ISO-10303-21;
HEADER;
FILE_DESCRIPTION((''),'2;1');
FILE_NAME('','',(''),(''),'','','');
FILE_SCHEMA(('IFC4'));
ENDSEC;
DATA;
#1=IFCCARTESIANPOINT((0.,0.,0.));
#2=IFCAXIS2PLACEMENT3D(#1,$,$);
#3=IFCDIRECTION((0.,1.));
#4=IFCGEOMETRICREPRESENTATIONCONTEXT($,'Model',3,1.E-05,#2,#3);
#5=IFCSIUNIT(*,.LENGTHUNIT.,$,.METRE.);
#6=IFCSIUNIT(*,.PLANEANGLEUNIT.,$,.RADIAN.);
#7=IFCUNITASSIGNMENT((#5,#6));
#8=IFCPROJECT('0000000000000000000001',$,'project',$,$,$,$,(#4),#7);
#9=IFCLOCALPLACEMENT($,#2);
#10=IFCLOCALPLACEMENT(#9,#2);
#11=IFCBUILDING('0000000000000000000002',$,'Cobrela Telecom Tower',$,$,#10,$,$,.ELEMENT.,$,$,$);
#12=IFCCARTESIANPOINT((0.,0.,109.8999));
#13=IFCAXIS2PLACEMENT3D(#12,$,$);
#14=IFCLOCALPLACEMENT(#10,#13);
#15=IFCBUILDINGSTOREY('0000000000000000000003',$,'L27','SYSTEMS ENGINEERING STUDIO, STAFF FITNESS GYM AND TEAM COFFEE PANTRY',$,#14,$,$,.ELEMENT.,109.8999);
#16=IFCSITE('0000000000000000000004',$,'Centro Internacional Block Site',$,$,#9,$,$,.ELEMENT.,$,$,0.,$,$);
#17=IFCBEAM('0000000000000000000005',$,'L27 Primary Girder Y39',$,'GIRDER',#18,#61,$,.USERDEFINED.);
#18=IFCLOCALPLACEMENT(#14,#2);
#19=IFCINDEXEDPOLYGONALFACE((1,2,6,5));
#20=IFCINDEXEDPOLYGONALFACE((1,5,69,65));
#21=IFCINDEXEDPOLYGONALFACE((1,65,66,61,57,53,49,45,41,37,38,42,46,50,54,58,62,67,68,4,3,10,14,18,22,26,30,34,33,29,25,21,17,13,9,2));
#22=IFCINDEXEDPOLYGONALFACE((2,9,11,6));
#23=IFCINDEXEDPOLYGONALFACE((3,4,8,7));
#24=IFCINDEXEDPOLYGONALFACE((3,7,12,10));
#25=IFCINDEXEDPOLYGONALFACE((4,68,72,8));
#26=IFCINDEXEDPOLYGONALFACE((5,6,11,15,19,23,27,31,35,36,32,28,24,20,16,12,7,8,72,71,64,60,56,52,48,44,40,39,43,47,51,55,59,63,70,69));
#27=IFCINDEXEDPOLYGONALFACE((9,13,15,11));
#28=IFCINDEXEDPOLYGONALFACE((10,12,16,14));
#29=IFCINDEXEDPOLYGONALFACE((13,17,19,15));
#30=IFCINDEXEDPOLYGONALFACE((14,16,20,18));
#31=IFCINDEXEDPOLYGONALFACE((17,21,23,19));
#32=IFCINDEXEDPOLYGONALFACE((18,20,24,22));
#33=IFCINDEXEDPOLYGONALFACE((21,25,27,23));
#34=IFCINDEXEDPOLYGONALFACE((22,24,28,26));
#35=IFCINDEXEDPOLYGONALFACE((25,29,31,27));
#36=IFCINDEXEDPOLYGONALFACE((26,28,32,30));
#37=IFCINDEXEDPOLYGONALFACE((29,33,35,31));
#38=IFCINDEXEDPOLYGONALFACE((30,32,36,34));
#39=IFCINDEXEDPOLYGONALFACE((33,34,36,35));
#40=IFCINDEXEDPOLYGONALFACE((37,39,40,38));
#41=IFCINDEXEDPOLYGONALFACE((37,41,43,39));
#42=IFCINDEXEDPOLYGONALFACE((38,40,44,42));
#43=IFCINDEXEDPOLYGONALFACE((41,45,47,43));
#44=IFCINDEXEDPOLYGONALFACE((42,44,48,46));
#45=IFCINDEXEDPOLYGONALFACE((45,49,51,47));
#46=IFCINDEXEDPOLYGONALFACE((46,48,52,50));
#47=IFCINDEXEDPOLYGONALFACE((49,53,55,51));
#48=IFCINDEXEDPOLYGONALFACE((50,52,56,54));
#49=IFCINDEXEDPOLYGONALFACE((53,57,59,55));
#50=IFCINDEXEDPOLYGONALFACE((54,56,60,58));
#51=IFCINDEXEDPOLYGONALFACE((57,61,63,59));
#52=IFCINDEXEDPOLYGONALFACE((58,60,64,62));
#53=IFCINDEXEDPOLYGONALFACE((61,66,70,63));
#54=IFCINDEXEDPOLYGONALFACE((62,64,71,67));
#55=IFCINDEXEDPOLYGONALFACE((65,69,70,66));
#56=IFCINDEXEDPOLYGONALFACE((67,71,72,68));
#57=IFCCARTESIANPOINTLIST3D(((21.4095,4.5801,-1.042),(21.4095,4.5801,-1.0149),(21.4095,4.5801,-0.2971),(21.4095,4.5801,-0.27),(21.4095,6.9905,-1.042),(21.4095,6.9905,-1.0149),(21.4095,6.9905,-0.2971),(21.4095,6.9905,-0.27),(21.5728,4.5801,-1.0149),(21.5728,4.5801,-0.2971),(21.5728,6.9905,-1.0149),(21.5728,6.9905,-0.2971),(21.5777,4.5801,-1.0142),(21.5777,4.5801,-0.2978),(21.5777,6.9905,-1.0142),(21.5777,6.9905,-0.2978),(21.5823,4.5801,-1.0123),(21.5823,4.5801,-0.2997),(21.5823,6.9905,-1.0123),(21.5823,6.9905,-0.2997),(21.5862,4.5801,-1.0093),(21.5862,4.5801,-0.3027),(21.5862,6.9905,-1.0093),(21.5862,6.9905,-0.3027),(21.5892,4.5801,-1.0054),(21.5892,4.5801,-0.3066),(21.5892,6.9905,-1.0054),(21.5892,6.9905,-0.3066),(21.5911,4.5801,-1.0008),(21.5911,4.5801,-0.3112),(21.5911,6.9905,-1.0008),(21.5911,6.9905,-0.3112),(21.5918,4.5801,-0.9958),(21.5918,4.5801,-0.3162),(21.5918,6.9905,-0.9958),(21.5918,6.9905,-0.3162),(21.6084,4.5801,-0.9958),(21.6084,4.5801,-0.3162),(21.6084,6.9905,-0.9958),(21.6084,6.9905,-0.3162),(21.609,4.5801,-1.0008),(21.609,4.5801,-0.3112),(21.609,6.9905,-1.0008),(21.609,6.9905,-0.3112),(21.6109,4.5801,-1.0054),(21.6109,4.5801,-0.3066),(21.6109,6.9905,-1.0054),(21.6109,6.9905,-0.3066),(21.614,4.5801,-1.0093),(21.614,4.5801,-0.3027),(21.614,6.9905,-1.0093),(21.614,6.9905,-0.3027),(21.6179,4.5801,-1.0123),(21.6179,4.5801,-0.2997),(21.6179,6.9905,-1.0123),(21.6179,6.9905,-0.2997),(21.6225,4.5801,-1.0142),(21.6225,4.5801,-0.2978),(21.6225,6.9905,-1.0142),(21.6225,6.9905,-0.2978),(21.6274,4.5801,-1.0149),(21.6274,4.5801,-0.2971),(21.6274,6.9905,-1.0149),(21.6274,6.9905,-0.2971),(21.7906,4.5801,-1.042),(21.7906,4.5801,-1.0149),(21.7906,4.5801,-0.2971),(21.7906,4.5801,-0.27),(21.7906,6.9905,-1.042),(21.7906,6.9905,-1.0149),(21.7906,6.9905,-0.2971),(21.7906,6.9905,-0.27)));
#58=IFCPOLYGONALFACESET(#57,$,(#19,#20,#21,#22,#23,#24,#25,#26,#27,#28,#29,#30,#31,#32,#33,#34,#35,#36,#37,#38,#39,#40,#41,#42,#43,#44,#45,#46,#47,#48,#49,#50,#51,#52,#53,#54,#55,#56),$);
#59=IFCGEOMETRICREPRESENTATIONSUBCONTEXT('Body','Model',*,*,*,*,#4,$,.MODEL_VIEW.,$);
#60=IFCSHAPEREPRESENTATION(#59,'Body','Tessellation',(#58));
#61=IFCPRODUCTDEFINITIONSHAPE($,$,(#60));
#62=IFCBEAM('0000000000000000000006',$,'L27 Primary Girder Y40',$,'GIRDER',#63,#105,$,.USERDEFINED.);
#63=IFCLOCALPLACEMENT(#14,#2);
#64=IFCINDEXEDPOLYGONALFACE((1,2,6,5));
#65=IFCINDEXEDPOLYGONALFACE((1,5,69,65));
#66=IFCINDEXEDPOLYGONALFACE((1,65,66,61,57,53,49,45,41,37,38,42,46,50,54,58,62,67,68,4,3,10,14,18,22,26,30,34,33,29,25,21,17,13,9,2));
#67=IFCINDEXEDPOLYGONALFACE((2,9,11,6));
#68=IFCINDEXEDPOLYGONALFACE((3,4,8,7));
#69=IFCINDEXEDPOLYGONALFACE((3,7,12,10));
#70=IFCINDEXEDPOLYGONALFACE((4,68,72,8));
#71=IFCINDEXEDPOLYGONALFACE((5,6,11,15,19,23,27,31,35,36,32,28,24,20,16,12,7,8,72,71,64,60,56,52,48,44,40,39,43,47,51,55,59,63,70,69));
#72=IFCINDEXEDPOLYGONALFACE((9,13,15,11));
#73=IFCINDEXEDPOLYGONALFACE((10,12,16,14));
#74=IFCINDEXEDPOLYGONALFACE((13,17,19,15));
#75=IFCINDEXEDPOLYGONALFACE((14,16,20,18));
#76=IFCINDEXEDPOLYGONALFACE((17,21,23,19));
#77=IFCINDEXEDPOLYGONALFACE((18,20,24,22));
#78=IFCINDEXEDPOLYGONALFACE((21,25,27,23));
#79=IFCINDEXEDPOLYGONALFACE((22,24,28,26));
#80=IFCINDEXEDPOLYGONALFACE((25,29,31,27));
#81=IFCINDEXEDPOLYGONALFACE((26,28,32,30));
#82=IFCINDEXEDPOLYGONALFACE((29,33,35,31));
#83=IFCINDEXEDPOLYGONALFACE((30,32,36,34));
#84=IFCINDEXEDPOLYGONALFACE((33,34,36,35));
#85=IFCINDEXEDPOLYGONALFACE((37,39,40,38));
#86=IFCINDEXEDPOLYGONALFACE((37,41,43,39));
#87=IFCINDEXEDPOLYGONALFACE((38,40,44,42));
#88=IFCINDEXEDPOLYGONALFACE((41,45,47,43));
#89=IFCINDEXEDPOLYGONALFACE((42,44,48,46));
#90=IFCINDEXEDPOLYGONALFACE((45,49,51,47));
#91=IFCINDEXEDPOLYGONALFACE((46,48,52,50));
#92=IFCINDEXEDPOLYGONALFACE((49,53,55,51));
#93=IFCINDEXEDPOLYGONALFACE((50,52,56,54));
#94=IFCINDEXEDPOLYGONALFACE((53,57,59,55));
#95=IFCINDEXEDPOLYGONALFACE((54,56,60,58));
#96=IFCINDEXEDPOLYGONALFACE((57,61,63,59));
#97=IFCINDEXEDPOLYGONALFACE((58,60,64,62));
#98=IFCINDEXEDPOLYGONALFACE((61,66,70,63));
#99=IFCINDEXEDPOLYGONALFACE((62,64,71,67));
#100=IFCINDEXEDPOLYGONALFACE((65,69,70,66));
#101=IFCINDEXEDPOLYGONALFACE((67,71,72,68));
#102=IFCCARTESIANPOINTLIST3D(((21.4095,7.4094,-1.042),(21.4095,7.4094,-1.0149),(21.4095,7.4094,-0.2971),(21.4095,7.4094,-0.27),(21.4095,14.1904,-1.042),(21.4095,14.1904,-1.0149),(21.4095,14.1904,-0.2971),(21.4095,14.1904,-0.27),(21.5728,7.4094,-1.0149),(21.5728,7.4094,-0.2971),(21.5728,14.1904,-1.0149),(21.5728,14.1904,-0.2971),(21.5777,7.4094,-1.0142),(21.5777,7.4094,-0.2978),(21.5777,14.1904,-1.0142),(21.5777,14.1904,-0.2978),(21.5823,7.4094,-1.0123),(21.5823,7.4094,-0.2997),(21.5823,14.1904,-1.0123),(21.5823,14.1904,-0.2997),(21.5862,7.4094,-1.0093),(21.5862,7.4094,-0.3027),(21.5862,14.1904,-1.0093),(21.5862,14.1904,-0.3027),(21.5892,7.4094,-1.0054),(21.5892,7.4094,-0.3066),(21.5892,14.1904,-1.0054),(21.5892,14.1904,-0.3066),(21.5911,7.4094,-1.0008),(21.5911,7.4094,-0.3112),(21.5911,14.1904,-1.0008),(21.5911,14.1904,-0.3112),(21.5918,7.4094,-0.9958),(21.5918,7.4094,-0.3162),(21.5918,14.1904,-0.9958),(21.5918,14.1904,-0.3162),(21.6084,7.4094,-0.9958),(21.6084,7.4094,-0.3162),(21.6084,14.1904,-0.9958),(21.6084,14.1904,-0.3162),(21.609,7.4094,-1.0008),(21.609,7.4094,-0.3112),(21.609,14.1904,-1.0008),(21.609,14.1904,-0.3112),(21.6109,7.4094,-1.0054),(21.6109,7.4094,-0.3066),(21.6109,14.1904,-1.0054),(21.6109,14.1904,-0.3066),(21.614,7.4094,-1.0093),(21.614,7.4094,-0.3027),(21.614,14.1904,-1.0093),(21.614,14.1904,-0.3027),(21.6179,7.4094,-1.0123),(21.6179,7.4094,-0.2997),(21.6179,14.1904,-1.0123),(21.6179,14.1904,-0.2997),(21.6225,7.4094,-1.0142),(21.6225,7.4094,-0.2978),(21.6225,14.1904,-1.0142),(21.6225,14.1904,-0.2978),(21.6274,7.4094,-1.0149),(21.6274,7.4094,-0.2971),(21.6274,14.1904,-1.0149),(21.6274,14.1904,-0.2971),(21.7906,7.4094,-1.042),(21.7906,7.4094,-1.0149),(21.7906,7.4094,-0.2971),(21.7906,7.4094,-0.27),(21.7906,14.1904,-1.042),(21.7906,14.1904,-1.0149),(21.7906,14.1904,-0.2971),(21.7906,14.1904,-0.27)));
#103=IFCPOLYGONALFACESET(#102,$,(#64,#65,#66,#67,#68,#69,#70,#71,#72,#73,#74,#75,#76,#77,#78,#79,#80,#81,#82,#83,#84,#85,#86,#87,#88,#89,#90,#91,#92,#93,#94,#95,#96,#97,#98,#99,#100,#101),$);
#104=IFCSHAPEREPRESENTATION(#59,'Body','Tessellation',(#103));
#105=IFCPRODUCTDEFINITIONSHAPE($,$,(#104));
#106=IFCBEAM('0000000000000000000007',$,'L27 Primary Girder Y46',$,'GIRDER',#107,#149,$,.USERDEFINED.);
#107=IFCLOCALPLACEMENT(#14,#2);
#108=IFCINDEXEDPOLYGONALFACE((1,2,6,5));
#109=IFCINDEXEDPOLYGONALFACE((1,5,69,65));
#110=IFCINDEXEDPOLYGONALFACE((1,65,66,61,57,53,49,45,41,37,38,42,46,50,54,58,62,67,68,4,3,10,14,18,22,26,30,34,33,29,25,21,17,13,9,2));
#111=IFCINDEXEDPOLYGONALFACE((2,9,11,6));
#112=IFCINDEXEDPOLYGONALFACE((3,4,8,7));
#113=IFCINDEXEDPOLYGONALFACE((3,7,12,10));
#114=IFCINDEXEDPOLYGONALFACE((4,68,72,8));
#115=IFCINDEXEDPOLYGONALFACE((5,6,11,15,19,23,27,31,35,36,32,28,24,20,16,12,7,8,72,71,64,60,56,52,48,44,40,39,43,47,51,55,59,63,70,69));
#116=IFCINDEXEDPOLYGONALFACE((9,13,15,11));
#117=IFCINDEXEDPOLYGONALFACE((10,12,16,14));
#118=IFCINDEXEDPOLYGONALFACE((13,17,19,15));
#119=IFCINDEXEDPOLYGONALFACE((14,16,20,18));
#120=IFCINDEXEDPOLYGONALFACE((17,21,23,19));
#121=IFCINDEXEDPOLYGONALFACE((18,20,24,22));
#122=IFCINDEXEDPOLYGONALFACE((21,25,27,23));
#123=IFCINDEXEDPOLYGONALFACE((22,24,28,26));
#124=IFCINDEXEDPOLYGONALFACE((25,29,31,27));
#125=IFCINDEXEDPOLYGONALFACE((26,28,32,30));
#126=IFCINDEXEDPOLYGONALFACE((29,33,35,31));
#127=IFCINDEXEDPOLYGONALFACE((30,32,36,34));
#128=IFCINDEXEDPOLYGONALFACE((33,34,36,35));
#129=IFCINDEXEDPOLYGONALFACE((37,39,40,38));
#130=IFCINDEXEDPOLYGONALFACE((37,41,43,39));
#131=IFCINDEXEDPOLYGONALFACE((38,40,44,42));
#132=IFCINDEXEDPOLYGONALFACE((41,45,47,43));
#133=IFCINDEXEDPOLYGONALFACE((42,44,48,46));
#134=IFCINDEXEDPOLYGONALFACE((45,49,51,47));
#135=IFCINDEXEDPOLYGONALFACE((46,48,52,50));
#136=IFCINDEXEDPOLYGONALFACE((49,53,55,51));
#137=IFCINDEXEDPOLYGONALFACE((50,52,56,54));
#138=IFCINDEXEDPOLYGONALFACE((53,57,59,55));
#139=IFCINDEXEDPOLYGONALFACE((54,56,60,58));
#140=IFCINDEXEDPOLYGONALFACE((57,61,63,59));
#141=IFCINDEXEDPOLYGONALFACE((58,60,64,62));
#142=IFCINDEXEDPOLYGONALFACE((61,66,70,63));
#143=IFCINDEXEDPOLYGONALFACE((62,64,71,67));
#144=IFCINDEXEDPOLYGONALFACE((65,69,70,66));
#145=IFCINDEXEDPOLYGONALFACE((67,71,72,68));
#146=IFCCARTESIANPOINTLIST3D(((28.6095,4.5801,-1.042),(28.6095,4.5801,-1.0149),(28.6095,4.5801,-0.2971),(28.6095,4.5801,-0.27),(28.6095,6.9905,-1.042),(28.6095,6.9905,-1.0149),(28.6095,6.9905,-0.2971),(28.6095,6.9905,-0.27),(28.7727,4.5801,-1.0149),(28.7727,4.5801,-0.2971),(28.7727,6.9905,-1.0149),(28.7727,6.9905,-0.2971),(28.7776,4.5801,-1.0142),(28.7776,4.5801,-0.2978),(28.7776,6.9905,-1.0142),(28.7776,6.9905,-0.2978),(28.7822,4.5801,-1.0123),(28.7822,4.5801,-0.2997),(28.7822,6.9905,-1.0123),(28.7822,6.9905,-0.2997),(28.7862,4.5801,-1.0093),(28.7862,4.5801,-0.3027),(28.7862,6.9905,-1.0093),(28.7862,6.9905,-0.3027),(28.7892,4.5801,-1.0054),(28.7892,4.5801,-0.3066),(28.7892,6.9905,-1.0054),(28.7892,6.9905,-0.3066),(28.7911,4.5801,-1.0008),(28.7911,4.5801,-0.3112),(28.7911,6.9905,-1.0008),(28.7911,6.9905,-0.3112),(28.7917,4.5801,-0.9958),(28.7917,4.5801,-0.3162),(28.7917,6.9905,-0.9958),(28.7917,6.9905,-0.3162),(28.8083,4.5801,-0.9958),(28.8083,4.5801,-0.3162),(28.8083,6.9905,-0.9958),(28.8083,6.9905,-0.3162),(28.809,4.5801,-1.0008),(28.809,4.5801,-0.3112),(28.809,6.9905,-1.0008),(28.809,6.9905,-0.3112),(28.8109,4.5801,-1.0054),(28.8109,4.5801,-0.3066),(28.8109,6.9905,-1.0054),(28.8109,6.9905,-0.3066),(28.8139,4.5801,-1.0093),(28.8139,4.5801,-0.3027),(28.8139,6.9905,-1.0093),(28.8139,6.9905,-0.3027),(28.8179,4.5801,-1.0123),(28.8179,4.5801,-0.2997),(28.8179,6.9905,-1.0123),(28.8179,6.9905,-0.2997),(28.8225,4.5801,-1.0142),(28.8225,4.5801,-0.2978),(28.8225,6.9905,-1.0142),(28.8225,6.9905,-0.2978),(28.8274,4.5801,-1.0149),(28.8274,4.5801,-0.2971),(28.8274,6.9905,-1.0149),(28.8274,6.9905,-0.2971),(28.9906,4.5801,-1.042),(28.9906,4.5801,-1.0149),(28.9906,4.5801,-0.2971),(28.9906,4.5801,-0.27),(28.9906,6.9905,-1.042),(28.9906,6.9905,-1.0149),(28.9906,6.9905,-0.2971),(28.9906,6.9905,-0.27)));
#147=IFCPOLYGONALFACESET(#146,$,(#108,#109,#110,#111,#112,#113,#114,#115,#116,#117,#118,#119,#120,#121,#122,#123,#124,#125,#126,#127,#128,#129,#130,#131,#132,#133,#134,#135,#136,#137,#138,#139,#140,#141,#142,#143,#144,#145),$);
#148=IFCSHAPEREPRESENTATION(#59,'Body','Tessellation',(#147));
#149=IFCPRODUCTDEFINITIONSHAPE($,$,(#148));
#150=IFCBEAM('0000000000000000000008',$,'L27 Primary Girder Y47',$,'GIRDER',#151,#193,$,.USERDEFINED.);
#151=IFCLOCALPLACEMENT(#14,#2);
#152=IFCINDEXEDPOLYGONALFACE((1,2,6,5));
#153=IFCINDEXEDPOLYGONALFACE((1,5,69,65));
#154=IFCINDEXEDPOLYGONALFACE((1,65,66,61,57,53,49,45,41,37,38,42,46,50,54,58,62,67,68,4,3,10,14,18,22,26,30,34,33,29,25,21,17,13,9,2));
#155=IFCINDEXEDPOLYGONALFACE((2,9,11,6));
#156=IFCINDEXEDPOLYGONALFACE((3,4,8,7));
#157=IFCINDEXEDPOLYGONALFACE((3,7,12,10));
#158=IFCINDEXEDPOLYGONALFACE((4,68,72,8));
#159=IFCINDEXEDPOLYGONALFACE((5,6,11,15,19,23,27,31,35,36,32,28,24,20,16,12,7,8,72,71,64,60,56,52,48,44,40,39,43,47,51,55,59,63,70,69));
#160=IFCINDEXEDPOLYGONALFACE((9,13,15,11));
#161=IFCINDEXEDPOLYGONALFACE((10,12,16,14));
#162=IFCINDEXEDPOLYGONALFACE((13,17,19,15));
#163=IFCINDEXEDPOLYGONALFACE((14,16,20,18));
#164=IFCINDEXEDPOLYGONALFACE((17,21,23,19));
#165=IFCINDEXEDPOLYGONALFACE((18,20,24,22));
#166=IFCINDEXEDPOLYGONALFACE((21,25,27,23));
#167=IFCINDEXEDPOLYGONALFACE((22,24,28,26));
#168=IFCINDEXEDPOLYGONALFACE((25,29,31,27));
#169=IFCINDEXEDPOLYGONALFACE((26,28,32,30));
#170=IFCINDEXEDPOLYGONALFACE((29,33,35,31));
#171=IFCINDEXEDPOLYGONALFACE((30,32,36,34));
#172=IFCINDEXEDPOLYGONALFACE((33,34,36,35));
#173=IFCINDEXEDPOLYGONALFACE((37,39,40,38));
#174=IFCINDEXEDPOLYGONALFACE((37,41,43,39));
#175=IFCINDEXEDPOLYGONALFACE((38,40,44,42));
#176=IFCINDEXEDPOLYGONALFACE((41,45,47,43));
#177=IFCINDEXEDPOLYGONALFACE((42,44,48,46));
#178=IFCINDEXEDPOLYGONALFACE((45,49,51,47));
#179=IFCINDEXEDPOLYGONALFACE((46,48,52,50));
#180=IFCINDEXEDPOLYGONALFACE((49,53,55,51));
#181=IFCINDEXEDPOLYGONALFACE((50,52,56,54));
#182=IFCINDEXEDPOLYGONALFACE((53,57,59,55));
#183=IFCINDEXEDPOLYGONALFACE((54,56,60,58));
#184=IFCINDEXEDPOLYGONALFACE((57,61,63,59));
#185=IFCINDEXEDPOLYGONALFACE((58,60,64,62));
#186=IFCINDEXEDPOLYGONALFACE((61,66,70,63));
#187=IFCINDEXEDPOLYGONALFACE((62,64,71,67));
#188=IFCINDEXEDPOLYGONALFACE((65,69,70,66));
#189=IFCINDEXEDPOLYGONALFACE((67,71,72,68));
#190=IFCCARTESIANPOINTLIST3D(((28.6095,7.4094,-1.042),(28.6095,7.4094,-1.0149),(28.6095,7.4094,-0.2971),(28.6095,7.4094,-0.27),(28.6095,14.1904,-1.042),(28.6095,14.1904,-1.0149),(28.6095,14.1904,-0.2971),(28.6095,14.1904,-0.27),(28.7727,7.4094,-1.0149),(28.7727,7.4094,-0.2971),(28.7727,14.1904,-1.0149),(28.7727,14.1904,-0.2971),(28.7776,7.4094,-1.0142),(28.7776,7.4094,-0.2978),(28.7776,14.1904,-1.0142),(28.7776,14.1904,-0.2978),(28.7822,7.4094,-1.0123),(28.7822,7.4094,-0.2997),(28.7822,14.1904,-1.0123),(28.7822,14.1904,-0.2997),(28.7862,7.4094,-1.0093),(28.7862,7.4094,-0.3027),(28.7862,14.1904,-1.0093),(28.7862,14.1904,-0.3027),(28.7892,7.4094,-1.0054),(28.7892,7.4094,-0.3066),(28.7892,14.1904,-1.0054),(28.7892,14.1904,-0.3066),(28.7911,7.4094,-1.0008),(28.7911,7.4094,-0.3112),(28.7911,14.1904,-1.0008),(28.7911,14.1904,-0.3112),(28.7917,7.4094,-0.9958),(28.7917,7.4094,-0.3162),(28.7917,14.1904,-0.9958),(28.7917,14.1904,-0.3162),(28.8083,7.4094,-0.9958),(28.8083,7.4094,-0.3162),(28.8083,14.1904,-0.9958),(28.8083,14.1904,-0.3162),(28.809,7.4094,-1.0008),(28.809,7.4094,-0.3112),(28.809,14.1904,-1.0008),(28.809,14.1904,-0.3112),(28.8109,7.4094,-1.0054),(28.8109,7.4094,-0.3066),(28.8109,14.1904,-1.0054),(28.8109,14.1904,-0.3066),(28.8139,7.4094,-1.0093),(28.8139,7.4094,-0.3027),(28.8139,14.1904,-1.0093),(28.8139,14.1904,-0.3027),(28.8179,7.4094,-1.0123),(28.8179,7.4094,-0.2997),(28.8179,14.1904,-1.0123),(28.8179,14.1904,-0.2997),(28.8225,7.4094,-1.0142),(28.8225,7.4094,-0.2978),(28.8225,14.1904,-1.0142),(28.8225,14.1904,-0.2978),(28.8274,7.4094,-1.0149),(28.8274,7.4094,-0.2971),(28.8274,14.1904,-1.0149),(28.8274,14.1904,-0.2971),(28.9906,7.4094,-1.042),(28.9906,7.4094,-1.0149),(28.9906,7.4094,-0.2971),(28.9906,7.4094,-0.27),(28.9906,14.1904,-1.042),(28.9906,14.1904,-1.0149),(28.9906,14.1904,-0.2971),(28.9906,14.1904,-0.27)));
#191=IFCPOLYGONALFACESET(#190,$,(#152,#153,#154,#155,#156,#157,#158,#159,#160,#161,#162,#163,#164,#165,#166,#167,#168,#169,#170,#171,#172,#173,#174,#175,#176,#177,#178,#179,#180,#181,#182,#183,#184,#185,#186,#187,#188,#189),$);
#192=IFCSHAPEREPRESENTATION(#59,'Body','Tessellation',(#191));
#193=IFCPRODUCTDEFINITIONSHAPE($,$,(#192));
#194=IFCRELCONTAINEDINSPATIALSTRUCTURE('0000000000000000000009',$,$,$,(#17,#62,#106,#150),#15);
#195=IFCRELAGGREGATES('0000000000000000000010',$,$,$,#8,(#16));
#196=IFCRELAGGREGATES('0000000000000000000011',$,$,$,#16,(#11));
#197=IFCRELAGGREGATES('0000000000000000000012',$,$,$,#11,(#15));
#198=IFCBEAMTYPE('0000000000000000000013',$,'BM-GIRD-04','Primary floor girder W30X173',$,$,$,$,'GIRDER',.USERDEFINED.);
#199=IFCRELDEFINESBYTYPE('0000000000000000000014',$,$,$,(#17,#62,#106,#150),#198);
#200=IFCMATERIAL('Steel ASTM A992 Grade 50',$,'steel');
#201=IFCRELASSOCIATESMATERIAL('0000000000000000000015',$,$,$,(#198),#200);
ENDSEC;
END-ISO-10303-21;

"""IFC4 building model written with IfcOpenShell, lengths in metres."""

from ifc_helpers import new_model, si_unit, direction, frame, origin, origin_2d, place, context, subcontext, project, spatial, i_section, extrude, material, material_profile, profile_set, type_object, element, save


model = new_model("IFC4")

# Units and contexts
model_context = context("Model", 3, precision=1e-05, world=origin(), true_north=direction((0.0, 1.0)))
body_context = subcontext(model_context, "Body", "Model", "MODEL_VIEW")
ifc_project = project(units=[si_unit("LENGTHUNIT", "METRE"), si_unit("PLANEANGLEUNIT", "RADIAN")], contexts=[model_context])

# Site, building, storey
site_placement = place(None, origin())
site = spatial("IfcSite", under=ifc_project, at=site_placement, Name="Centro Internacional Block Site", CompositionType="ELEMENT", RefElevation=0.0)
building_placement = place(site_placement, origin())
building = spatial("IfcBuilding", under=site, at=building_placement, Name="Cobrela Telecom Tower", CompositionType="ELEMENT")
storey_placement = place(building_placement, frame((0.0, 0.0, 109.8999)))
storey = spatial("IfcBuildingStorey", under=building, at=storey_placement, Name="L27", Description="SYSTEMS ENGINEERING STUDIO, STAFF FITNESS GYM AND TEAM COFFEE PANTRY", CompositionType="ELEMENT", Elevation=109.8999)

# Shared definitions
ifc_material_1 = material(Name="Steel ASTM A992 Grade 50", Category="steel")

# Beams
ifc_material_profile_1 = material_profile(ifc_material_1, i_section(OverallWidth=0.3811, OverallDepth=0.772, WebThickness=0.0166, FlangeThickness=0.0271, FilletRadius=0.019, at=origin_2d()), Name="W30X173")
ifc_profile_set_1 = profile_set([ifc_material_profile_1], Name="Steel ASTM A992 Grade 50")
beam_type_1 = type_object("IfcBeamType", Name="BM-GIRD-04", Description="Primary floor girder W30X173", ElementType="GIRDER", PredefinedType="USERDEFINED", material=ifc_profile_set_1)
beam_1_placement = place(storey_placement, frame((21.6001, 4.5801, -0.656), z_axis=(0.0, 1.0, 0.0), x_axis=(-1.0, 0.0, 0.0)))
element("IfcBeam", 1, at=beam_1_placement, inside=storey, type_object=beam_type_1, Name="L27 Primary Girder Y39", ObjectType="GIRDER", PredefinedType="USERDEFINED", context=body_context, shape_type="SweptSolid", body=[
    extrude(i_section(OverallWidth=0.3811, OverallDepth=0.772, WebThickness=0.0166, FlangeThickness=0.0271, FilletRadius=0.019, at=origin_2d()), origin(), (0.0, 0.0, 1.0), 2.4104),
])
beam_2_placement = place(storey_placement, frame((21.6001, 7.4094, -0.656), z_axis=(0.0, 1.0, 0.0), x_axis=(-1.0, 0.0, 0.0)))
element("IfcBeam", 2, at=beam_2_placement, inside=storey, type_object=beam_type_1, Name="L27 Primary Girder Y40", ObjectType="GIRDER", PredefinedType="USERDEFINED", context=body_context, shape_type="SweptSolid", body=[
    extrude(i_section(OverallWidth=0.3811, OverallDepth=0.772, WebThickness=0.0166, FlangeThickness=0.0271, FilletRadius=0.019, at=origin_2d()), origin(), (0.0, 0.0, 1.0), 6.781),
])
beam_3_placement = place(storey_placement, frame((28.8, 4.5801, -0.656), z_axis=(0.0, 1.0, 0.0), x_axis=(-1.0, 0.0, 0.0)))
element("IfcBeam", 3, at=beam_3_placement, inside=storey, type_object=beam_type_1, Name="L27 Primary Girder Y46", ObjectType="GIRDER", PredefinedType="USERDEFINED", context=body_context, shape_type="SweptSolid", body=[
    extrude(i_section(OverallWidth=0.3811, OverallDepth=0.772, WebThickness=0.0166, FlangeThickness=0.0271, FilletRadius=0.019, at=origin_2d()), origin(), (0.0, 0.0, 1.0), 2.4104),
])
beam_4_placement = place(storey_placement, frame((28.8, 7.4094, -0.656), z_axis=(0.0, 1.0, 0.0), x_axis=(-1.0, 0.0, 0.0)))
element("IfcBeam", 4, at=beam_4_placement, inside=storey, type_object=beam_type_1, Name="L27 Primary Girder Y47", ObjectType="GIRDER", PredefinedType="USERDEFINED", context=body_context, shape_type="SweptSolid", body=[
    extrude(i_section(OverallWidth=0.3811, OverallDepth=0.772, WebThickness=0.0166, FlangeThickness=0.0271, FilletRadius=0.019, at=origin_2d()), origin(), (0.0, 0.0, 1.0), 6.781),
])

save(model, "model.ifc")
